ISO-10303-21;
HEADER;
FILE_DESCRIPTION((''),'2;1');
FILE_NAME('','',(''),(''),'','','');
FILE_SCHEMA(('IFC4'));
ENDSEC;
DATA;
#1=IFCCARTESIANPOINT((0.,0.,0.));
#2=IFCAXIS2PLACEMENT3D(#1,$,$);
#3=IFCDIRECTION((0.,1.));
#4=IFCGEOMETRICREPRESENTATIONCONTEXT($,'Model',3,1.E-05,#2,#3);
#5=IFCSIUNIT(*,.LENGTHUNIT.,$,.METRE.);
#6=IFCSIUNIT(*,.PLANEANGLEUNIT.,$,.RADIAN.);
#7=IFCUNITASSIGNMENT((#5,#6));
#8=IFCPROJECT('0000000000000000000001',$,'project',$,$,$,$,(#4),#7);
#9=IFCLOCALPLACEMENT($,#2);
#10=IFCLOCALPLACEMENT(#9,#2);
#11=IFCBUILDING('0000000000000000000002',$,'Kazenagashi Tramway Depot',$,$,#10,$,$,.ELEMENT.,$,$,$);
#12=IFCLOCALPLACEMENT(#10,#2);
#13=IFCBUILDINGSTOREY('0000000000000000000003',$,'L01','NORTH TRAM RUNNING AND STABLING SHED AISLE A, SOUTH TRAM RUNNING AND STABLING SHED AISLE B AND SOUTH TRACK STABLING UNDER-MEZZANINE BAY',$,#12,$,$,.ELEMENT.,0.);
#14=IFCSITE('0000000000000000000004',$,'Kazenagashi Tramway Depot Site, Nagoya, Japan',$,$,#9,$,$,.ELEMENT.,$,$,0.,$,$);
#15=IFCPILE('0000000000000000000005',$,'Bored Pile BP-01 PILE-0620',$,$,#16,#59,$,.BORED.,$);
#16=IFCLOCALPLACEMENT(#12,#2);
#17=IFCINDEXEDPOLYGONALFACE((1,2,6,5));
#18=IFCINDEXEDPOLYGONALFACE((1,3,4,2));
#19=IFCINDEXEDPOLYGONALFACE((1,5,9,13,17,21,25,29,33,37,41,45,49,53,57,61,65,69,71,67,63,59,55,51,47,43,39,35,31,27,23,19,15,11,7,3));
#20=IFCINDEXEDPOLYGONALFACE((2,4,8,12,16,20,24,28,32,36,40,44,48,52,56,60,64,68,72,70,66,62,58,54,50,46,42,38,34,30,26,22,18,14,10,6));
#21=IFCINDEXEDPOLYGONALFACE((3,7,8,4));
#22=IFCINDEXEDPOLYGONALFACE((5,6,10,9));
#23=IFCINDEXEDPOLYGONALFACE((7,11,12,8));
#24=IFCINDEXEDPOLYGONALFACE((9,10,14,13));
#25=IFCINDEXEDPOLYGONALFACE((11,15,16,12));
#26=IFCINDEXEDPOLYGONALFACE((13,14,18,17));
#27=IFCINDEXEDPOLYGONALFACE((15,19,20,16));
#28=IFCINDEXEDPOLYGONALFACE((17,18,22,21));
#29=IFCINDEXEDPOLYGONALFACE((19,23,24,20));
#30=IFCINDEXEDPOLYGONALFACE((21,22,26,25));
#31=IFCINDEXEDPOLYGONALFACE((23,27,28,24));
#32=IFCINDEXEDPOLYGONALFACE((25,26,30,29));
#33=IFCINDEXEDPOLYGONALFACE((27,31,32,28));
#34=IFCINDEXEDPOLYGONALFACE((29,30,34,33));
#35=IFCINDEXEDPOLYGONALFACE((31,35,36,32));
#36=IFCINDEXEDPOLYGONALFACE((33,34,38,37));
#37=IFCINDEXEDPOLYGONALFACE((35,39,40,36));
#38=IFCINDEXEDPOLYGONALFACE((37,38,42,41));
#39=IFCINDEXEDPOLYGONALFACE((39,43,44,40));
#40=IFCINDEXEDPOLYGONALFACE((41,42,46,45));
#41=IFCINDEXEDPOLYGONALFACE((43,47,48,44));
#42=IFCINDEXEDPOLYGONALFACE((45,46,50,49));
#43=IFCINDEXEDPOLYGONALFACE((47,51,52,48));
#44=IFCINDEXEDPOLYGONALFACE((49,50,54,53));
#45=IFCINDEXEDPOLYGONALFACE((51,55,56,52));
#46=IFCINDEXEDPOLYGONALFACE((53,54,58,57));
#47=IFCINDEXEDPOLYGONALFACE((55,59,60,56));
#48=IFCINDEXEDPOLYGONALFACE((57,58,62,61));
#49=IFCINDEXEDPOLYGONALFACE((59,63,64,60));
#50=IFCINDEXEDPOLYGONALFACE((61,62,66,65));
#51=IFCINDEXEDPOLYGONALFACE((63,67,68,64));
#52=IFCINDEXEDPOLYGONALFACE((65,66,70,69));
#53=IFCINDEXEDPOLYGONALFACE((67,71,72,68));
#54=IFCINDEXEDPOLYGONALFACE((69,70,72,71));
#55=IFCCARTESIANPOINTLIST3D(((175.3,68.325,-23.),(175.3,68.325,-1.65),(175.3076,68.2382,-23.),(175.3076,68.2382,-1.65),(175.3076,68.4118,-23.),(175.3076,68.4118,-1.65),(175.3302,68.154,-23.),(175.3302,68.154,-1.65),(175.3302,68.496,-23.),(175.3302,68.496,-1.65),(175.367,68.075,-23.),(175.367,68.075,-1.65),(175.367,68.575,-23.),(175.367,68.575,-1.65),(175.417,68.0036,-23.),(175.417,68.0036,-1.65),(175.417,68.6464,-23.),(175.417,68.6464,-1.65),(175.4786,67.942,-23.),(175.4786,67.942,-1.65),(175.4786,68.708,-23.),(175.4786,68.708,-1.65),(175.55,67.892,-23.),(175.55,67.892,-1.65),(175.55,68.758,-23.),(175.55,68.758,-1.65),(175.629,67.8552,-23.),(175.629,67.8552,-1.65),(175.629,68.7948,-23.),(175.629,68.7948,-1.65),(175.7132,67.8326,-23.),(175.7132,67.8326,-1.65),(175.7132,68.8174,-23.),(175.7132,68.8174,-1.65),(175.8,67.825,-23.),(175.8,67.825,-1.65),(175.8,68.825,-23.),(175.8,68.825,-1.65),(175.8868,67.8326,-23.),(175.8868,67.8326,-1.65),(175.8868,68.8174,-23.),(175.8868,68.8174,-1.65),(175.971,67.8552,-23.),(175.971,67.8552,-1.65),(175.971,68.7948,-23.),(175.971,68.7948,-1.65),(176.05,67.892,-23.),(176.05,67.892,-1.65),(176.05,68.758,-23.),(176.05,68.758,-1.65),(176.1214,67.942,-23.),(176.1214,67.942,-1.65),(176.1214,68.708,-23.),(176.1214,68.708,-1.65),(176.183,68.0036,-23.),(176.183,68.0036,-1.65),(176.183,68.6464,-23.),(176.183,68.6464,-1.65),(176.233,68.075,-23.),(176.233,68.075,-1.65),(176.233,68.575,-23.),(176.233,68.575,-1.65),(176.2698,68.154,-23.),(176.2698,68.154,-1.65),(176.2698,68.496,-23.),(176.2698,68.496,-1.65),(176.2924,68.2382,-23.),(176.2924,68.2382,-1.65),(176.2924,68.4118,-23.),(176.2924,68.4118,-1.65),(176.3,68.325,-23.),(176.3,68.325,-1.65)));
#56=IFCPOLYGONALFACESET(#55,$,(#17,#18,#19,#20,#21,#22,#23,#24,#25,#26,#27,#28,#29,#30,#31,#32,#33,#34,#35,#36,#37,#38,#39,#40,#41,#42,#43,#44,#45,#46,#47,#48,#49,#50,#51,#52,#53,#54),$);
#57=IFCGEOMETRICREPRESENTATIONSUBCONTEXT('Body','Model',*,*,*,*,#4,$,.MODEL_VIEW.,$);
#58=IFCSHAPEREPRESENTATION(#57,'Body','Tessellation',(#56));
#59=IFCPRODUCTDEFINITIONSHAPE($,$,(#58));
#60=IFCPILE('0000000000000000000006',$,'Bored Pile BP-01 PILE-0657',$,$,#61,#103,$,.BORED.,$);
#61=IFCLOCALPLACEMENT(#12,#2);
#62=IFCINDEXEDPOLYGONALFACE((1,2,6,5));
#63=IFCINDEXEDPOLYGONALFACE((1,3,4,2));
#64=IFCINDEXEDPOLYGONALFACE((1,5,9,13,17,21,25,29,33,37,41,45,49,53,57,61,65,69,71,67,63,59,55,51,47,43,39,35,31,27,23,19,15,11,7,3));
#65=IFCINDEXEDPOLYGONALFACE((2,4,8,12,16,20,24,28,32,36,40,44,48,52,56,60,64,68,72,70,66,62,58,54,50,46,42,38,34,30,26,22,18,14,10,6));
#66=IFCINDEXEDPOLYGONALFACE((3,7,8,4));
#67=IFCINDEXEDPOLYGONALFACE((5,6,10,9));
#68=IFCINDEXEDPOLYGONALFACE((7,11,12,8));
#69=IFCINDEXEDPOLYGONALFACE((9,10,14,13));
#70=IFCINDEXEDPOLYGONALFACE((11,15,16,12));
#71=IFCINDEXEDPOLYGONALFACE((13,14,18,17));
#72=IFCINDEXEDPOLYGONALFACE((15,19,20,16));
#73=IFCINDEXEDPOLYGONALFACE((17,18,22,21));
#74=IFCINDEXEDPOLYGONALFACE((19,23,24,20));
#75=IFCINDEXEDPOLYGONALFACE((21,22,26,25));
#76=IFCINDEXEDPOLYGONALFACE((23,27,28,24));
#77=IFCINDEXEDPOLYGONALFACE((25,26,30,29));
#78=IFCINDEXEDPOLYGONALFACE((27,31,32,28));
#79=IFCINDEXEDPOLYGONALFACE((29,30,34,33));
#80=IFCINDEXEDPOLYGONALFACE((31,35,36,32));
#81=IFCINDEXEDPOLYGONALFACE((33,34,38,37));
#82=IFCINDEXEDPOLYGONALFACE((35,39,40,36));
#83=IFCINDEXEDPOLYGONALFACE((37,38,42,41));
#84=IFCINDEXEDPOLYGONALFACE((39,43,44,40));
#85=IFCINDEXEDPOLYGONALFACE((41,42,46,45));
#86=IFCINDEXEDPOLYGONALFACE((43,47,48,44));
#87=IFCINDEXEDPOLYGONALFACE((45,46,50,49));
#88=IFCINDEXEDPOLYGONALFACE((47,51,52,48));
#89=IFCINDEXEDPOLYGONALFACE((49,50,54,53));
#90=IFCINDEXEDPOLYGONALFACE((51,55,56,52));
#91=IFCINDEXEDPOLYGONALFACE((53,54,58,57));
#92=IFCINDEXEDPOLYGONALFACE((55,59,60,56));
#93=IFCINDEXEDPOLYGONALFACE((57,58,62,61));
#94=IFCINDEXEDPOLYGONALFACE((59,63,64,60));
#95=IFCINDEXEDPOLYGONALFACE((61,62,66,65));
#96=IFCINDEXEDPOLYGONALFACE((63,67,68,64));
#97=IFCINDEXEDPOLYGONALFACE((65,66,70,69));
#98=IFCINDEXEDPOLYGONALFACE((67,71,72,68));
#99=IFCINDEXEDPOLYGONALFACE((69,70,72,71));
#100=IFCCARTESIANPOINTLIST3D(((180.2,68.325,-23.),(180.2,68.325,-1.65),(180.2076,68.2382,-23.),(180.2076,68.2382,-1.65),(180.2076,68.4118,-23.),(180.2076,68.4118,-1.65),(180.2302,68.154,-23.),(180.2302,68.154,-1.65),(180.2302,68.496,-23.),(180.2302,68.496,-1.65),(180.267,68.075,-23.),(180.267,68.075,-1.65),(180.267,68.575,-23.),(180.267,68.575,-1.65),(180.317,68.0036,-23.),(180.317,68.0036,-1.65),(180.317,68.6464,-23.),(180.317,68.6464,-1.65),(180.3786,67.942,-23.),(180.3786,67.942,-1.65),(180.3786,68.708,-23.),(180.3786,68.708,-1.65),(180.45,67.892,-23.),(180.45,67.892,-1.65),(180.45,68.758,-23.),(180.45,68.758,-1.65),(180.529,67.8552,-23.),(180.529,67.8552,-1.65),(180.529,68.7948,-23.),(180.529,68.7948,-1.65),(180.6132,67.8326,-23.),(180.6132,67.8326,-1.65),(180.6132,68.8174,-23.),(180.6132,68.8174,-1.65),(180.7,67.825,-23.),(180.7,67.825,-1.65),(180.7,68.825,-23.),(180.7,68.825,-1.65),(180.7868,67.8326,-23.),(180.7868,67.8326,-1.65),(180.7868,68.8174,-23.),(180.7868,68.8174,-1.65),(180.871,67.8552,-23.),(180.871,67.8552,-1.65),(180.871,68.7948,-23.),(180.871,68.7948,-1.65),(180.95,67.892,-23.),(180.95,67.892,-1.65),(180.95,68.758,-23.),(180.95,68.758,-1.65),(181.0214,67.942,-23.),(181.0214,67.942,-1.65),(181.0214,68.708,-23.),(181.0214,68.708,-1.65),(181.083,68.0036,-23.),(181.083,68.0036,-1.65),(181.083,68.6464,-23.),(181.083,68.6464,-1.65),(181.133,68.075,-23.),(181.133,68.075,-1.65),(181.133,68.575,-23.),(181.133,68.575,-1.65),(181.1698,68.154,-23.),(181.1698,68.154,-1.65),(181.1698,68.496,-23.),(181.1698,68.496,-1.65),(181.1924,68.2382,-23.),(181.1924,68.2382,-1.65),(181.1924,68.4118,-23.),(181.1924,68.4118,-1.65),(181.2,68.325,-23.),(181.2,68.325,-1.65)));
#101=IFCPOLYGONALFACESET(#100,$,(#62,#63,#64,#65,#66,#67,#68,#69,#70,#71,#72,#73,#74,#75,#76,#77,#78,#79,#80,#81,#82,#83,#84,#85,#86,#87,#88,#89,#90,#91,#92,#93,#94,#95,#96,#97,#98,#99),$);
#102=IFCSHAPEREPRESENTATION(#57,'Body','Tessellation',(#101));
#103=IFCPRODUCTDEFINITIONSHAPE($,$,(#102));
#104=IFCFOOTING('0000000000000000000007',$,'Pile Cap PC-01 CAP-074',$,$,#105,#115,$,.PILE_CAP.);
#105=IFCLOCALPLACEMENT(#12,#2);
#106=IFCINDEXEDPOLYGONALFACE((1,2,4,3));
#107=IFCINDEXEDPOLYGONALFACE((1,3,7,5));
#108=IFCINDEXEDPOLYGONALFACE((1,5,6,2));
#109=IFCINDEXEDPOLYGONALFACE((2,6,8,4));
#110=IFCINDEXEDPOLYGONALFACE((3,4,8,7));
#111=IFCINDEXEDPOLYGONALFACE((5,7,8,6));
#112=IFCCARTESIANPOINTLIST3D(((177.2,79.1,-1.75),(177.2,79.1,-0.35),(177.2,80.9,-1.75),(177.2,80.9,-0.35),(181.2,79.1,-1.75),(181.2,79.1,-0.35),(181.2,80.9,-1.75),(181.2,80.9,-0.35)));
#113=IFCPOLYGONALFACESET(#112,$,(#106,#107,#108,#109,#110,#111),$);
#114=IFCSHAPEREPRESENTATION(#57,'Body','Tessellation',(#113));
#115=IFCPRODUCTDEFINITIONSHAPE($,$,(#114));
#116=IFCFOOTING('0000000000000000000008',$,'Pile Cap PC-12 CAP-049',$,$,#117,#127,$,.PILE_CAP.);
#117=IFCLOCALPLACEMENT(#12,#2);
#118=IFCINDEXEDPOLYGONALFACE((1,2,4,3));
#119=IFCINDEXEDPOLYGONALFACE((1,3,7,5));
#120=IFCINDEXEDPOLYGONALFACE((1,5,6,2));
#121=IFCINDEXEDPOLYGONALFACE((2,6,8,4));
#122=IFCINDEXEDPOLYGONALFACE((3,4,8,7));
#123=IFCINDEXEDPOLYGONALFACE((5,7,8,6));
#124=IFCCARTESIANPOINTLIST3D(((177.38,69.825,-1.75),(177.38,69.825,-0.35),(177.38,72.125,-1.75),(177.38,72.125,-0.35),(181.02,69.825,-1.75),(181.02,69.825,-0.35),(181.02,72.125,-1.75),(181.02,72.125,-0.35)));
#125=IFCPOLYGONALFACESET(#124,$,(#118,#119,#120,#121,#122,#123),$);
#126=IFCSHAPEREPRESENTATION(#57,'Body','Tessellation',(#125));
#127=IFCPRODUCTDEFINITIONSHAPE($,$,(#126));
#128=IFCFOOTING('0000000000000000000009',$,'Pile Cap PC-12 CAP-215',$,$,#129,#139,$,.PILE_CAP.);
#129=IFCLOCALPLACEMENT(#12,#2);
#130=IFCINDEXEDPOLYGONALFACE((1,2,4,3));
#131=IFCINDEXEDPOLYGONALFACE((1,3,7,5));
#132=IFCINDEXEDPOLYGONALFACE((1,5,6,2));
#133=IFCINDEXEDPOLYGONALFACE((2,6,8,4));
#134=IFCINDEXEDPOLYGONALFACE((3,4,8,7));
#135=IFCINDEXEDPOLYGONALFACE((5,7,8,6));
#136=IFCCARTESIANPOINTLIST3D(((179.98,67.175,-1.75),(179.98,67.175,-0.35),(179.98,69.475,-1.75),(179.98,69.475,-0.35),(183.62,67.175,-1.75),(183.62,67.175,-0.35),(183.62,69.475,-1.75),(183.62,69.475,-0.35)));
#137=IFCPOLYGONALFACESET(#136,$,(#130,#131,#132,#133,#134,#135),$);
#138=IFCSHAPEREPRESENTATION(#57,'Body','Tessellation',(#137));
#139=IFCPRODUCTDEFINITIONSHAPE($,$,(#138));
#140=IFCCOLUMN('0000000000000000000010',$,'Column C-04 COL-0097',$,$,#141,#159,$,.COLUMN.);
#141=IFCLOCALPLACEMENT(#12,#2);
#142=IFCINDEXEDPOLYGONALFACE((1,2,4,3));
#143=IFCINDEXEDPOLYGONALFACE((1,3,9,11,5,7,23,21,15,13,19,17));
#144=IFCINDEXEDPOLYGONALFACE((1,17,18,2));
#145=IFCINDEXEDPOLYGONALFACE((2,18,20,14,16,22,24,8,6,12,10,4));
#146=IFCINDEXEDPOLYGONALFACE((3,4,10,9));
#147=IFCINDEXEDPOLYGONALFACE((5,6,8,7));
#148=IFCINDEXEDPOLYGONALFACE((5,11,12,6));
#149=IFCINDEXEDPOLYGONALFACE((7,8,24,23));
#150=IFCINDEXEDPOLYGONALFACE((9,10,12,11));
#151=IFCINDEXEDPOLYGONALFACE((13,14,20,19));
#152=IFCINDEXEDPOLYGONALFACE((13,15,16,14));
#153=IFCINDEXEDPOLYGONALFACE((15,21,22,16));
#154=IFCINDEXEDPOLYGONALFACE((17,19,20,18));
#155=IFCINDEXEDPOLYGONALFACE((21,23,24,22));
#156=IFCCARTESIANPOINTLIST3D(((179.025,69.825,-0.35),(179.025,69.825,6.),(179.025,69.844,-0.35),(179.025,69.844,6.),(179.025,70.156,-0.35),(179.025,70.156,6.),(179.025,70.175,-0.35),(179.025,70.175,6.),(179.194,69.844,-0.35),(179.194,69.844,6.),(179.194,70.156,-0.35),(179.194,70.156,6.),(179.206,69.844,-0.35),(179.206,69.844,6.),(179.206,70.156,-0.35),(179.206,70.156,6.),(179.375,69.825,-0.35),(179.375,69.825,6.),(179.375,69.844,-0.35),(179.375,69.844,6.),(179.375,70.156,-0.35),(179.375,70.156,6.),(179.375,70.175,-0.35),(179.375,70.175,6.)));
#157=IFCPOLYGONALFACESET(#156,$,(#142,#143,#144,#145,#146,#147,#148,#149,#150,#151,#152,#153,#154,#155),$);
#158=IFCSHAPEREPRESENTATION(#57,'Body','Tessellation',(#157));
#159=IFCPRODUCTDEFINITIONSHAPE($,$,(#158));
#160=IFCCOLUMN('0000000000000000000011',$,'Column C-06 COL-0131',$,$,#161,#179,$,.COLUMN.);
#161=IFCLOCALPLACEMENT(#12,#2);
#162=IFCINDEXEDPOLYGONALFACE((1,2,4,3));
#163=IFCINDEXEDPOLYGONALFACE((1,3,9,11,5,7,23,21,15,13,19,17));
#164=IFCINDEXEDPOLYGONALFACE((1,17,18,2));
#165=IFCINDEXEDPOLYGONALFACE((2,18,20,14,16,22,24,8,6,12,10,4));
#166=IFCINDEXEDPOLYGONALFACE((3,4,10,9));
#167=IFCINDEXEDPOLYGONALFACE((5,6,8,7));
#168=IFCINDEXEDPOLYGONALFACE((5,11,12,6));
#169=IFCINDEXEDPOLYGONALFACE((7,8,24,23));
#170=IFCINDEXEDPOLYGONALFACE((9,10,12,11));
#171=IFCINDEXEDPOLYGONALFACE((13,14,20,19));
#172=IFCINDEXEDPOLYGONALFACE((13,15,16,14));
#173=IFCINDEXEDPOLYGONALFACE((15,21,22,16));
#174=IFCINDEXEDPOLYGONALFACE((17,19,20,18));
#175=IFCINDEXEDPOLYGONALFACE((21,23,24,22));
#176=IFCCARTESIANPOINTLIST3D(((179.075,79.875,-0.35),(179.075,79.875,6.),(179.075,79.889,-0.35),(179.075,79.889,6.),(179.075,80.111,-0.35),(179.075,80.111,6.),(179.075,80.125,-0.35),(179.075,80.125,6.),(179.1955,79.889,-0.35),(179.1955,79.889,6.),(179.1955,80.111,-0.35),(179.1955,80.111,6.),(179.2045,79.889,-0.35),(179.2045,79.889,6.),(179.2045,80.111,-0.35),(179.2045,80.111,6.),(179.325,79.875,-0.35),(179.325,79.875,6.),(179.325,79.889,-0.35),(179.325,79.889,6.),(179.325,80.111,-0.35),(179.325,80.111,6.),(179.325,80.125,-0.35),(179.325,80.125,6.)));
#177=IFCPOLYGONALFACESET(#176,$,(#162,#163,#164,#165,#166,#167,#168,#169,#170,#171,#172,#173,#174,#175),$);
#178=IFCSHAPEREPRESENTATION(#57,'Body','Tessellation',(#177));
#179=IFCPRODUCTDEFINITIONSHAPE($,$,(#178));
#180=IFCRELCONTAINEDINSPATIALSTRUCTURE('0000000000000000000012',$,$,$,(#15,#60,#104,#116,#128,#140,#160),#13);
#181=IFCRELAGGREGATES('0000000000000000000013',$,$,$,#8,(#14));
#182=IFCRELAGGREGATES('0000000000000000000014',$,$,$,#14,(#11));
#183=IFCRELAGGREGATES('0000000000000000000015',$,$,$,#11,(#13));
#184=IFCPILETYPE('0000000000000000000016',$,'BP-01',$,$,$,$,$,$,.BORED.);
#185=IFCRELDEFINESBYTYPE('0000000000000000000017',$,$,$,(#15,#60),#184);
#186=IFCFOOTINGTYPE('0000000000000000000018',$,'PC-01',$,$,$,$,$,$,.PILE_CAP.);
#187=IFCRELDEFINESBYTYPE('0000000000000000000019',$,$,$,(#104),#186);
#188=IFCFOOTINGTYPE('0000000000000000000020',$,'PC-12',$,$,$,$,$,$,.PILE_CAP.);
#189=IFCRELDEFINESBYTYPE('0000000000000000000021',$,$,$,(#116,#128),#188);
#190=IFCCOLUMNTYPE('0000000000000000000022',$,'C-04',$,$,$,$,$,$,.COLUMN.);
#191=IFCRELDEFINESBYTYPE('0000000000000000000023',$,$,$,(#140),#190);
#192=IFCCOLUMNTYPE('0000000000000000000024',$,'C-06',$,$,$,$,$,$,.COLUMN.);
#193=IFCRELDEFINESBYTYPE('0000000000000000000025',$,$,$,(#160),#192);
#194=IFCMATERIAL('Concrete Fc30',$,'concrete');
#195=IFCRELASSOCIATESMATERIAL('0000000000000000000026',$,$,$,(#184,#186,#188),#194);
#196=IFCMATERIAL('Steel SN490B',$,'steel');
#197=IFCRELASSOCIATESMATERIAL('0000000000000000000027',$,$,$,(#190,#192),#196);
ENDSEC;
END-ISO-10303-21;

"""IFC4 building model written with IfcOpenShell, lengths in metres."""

from ifc_helpers import new_model, si_unit, direction, frame, origin, origin_2d, place, context, subcontext, project, spatial, rectangle, circle, i_section, extrude, material, material_profile, profile_set, type_object, element, save


model = new_model("IFC4")

# Units and contexts
model_context = context("Model", 3, precision=1e-05, world=origin(), true_north=direction((0.0, 1.0)))
body_context = subcontext(model_context, "Body", "Model", "MODEL_VIEW")
ifc_project = project(units=[si_unit("LENGTHUNIT", "METRE"), si_unit("PLANEANGLEUNIT", "RADIAN")], contexts=[model_context])

# Site, building, storey
site_placement = place(None, origin())
site = spatial("IfcSite", under=ifc_project, at=site_placement, Name="Kazenagashi Tramway Depot Site, Nagoya, Japan", CompositionType="ELEMENT", RefElevation=0.0)
building_placement = place(site_placement, origin())
building = spatial("IfcBuilding", under=site, at=building_placement, Name="Kazenagashi Tramway Depot", CompositionType="ELEMENT")
storey_placement = place(building_placement, origin())
storey = spatial("IfcBuildingStorey", under=building, at=storey_placement, Name="L01", Description="NORTH TRAM RUNNING AND STABLING SHED AISLE A, SOUTH TRAM RUNNING AND STABLING SHED AISLE B AND SOUTH TRACK STABLING UNDER-MEZZANINE BAY", CompositionType="ELEMENT", Elevation=0.0)

# Piles
ifc_material_1 = material(Name="Concrete Fc30", Category="concrete")
ifc_material_profile_1 = material_profile(ifc_material_1, circle(Radius=0.5, at=origin_2d()), Name="PILE-1000")
ifc_profile_set_1 = profile_set([ifc_material_profile_1], Name="Concrete Fc30")
pile_type = type_object("IfcPileType", Name="BP-01", PredefinedType="BORED", material=ifc_profile_set_1)
for number, where, z_axis, x_axis, name in (
    (1, (175.8, 68.325, -1.65), (0.0, 0.0, -1.0), (1.0, 0.0, 0.0), "Bored Pile BP-01 PILE-0620"),
    (2, (180.7, 68.325, -1.65), (0.0, 0.0, -1.0), (1.0, 0.0, 0.0), "Bored Pile BP-01 PILE-0657"),
):
    element("IfcPile", number, at=place(storey_placement, frame(where, z_axis=z_axis, x_axis=x_axis)), inside=storey, type_object=pile_type, Name=name, PredefinedType="BORED", context=body_context, shape_type="SweptSolid", body=[
        extrude(circle(Radius=0.5, at=origin_2d()), origin(), (0.0, 0.0, 1.0), 21.35),
    ])

# Footings
footing_type_1 = type_object("IfcFootingType", Name="PC-01", PredefinedType="PILE_CAP", material=ifc_material_1)
footing_placement = place(storey_placement, frame((179.2, 80.0, -1.75), z_axis=(0.0, 0.0, 1.0), x_axis=(1.0, 0.0, 0.0)))
element("IfcFooting", 3, at=footing_placement, inside=storey, type_object=footing_type_1, Name="Pile Cap PC-01 CAP-074", PredefinedType="PILE_CAP", context=body_context, shape_type="SweptSolid", body=[
    extrude(rectangle(XDim=4.0, YDim=1.8, at=origin_2d()), origin(), (0.0, 0.0, 1.0), 1.4),
])
footing_type_2 = type_object("IfcFootingType", Name="PC-12", PredefinedType="PILE_CAP", material=ifc_material_1)
for number, where, z_axis, x_axis, name in (
    (4, (179.2, 70.975, -1.75), (0.0, 0.0, 1.0), (1.0, 0.0, 0.0), "Pile Cap PC-12 CAP-049"),
    (5, (181.8, 68.325, -1.75), (0.0, 0.0, 1.0), (1.0, 0.0, 0.0), "Pile Cap PC-12 CAP-215"),
):
    element("IfcFooting", number, at=place(storey_placement, frame(where, z_axis=z_axis, x_axis=x_axis)), inside=storey, type_object=footing_type_2, Name=name, PredefinedType="PILE_CAP", context=body_context, shape_type="SweptSolid", body=[
        extrude(rectangle(XDim=3.64, YDim=2.3, at=origin_2d()), origin(), (0.0, 0.0, 1.0), 1.4),
    ])

# Columns
ifc_material_2 = material(Name="Steel SN490B", Category="steel")
ifc_material_profile_2 = material_profile(ifc_material_2, i_section(OverallWidth=0.35, OverallDepth=0.35, WebThickness=0.012, FlangeThickness=0.019, at=origin_2d()), Name="H-350x350x12x19")
ifc_profile_set_2 = profile_set([ifc_material_profile_2], Name="Steel SN490B")
column_type_1 = type_object("IfcColumnType", Name="C-04", PredefinedType="COLUMN", material=ifc_profile_set_2)
column_1_placement = place(storey_placement, frame((179.2, 70.0, -0.35), z_axis=(0.0, 0.0, 1.0), x_axis=(1.0, 0.0, 0.0)))
element("IfcColumn", 6, at=column_1_placement, inside=storey, type_object=column_type_1, Name="Column C-04 COL-0097", PredefinedType="COLUMN", context=body_context, shape_type="SweptSolid", body=[
    extrude(i_section(OverallWidth=0.35, OverallDepth=0.35, WebThickness=0.012, FlangeThickness=0.019, at=origin_2d()), origin(), (0.0, 0.0, 1.0), 6.35),
])
ifc_material_profile_3 = material_profile(ifc_material_2, i_section(OverallWidth=0.25, OverallDepth=0.25, WebThickness=0.009, FlangeThickness=0.014, at=origin_2d()), Name="H-250x250x9x14")
ifc_profile_set_3 = profile_set([ifc_material_profile_3], Name="Steel SN490B")
column_type_2 = type_object("IfcColumnType", Name="C-06", PredefinedType="COLUMN", material=ifc_profile_set_3)
column_2_placement = place(storey_placement, frame((179.2, 80.0, -0.35), z_axis=(0.0, 0.0, 1.0), x_axis=(1.0, 0.0, 0.0)))
element("IfcColumn", 7, at=column_2_placement, inside=storey, type_object=column_type_2, Name="Column C-06 COL-0131", PredefinedType="COLUMN", context=body_context, shape_type="SweptSolid", body=[
    extrude(i_section(OverallWidth=0.25, OverallDepth=0.25, WebThickness=0.009, FlangeThickness=0.014, at=origin_2d()), origin(), (0.0, 0.0, 1.0), 6.35),
])

save(model, "model.ifc")
